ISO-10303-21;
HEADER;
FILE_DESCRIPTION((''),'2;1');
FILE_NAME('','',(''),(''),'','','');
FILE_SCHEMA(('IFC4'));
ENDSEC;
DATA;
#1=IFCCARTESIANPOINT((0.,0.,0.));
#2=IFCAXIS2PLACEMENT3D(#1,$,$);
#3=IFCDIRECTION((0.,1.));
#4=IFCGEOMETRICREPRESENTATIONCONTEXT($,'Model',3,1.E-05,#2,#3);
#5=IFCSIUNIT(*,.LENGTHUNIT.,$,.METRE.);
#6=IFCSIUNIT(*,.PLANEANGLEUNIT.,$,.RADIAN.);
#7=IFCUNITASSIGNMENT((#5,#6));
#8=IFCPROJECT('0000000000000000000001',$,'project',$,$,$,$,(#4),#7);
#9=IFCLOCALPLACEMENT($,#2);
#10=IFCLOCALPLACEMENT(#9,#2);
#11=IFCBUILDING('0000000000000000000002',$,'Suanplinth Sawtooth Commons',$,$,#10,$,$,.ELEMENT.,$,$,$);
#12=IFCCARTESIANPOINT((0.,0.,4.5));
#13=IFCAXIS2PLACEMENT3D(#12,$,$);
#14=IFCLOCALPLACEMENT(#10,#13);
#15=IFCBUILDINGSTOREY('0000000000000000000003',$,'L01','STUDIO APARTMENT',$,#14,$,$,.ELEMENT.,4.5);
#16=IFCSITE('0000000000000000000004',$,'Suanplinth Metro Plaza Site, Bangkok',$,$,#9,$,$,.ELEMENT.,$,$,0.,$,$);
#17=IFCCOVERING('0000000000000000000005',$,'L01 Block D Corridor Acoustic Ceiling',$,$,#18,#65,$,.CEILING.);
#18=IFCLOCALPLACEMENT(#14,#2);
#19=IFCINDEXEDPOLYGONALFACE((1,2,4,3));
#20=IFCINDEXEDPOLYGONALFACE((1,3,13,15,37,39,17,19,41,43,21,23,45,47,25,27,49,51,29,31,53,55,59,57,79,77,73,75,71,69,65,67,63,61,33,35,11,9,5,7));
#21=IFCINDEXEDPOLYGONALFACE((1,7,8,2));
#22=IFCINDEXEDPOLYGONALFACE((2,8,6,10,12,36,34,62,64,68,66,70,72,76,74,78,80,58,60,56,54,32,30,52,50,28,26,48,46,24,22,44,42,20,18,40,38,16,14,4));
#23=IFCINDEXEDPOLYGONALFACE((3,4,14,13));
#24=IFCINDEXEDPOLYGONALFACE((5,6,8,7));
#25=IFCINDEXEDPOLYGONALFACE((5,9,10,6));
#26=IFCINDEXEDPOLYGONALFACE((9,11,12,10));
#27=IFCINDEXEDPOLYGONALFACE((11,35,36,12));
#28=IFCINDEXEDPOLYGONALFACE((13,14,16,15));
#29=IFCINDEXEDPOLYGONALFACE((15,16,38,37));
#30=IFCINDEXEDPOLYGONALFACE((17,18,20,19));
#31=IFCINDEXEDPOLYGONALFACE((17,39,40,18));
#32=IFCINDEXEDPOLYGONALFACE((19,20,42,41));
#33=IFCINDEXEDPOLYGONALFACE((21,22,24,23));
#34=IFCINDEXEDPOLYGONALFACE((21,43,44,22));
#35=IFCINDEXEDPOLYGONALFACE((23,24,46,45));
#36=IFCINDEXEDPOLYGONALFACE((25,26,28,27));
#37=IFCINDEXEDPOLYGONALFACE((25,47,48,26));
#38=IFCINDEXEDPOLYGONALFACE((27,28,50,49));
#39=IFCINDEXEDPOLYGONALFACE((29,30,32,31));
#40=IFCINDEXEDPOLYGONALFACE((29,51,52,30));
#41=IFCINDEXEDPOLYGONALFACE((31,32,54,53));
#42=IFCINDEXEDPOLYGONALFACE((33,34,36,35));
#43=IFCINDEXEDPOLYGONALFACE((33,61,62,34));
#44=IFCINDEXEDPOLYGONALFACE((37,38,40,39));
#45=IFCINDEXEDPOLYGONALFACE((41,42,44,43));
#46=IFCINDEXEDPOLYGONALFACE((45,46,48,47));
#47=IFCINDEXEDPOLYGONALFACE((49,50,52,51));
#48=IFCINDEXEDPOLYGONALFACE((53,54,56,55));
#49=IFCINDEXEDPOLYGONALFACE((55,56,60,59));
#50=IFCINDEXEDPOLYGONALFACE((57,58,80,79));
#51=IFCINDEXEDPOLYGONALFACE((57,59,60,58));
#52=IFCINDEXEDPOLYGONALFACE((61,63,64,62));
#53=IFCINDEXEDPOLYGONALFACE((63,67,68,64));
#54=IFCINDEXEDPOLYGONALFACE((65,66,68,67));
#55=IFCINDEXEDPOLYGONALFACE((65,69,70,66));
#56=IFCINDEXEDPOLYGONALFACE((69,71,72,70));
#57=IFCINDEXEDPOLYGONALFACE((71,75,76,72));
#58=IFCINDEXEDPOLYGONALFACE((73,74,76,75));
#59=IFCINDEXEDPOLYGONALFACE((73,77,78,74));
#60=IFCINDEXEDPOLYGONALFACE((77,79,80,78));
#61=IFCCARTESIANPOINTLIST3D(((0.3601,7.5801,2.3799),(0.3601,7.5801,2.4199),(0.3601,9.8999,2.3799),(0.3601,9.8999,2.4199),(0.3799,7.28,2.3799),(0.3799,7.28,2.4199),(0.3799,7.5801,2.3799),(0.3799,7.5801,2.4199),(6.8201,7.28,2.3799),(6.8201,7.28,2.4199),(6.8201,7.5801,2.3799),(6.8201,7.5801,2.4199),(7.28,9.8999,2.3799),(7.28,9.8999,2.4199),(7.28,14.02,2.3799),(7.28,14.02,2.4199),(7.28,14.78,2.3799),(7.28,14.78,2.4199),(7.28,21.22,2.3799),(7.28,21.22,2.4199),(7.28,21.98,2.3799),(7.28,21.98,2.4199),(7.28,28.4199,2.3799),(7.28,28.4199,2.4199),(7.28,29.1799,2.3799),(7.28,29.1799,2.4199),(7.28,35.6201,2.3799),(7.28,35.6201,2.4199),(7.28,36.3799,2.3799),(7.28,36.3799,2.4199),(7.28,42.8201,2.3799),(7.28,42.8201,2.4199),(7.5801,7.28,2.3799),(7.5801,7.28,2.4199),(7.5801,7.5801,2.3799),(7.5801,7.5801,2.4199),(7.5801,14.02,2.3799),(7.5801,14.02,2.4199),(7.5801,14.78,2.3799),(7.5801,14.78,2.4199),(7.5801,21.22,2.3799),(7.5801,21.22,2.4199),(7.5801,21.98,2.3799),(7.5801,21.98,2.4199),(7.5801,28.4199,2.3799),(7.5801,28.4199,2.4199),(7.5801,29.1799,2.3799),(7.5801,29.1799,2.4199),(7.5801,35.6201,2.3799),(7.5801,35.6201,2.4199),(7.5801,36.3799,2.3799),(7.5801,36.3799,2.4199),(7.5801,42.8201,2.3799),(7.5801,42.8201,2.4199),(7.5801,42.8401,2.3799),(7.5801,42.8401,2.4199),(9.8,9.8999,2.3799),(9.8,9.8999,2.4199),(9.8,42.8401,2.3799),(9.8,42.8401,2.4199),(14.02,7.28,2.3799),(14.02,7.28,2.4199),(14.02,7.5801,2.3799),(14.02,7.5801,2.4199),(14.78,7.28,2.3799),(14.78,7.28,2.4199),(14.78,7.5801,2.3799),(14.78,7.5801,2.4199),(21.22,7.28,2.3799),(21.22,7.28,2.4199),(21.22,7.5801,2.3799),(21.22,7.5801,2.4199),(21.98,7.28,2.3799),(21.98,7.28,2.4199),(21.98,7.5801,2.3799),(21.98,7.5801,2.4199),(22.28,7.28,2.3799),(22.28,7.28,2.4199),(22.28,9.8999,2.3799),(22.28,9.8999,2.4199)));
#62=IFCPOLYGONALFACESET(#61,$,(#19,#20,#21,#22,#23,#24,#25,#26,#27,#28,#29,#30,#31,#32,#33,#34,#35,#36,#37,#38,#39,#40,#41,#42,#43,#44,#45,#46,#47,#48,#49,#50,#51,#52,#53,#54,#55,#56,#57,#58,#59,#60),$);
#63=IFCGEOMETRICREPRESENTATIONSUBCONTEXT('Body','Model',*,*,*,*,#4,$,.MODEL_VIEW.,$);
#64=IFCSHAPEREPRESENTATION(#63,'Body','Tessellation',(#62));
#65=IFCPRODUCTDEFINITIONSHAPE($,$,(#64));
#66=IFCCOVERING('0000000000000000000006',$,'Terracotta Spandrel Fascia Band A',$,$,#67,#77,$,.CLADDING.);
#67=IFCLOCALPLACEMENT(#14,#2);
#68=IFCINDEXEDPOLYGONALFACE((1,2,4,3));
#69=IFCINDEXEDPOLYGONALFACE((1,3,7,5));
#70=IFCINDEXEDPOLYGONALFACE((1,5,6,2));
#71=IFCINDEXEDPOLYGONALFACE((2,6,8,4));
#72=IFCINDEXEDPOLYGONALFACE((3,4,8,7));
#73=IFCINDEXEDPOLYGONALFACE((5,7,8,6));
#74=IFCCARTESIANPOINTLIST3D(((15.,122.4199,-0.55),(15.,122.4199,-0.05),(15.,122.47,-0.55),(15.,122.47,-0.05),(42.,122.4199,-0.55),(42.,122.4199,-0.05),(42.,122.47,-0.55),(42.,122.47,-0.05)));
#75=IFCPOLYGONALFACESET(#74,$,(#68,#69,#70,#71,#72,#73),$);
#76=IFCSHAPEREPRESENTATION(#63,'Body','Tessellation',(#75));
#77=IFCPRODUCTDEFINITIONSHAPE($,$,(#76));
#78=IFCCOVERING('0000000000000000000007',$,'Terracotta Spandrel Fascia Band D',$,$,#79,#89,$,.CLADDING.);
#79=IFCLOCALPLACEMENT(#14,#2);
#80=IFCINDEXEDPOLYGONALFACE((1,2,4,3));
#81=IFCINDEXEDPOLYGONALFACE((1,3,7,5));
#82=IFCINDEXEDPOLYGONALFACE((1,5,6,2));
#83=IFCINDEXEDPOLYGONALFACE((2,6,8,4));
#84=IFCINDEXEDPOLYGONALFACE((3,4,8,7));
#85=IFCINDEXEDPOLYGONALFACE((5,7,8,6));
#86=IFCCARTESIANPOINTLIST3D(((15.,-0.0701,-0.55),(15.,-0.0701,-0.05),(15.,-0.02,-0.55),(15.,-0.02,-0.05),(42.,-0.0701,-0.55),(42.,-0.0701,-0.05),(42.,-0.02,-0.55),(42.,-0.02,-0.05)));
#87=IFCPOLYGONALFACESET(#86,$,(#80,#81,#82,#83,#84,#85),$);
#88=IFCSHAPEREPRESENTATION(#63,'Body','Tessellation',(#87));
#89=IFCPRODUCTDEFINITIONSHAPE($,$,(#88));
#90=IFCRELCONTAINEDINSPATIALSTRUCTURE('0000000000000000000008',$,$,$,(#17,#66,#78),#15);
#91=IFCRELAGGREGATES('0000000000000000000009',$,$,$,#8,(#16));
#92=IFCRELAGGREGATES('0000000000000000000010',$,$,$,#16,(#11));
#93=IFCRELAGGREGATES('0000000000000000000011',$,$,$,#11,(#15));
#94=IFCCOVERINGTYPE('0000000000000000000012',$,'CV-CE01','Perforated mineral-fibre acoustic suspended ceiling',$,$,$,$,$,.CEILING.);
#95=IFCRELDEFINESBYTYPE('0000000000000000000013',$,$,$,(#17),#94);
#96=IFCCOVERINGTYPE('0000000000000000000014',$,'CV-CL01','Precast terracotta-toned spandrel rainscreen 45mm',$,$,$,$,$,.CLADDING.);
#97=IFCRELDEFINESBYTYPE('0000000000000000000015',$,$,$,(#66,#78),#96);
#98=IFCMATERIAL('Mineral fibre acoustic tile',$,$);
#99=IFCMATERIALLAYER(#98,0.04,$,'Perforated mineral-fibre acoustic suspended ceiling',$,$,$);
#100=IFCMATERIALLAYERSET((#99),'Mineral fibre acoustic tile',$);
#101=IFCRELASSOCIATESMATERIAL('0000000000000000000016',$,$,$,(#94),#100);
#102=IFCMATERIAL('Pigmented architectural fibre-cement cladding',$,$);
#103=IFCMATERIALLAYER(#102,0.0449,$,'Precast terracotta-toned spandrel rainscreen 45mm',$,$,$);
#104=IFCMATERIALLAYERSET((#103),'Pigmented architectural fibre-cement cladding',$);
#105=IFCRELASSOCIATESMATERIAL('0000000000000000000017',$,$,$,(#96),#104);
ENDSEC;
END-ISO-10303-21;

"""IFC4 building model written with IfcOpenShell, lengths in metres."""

from ifc_helpers import new_model, si_unit, direction, frame, origin, place, context, subcontext, project, spatial, polyline, outline, extrude, material, layer, layer_set, type_object, element, save


model = new_model("IFC4")

# Units and contexts
model_context = context("Model", 3, precision=1e-05, world=origin(), true_north=direction((0.0, 1.0)))
body_context = subcontext(model_context, "Body", "Model", "MODEL_VIEW")
ifc_project = project(units=[si_unit("LENGTHUNIT", "METRE"), si_unit("PLANEANGLEUNIT", "RADIAN")], contexts=[model_context])

# Site, building, storey
site_placement = place(None, origin())
site = spatial("IfcSite", under=ifc_project, at=site_placement, Name="Suanplinth Metro Plaza Site, Bangkok", CompositionType="ELEMENT", RefElevation=0.0)
building_placement = place(site_placement, origin())
building = spatial("IfcBuilding", under=site, at=building_placement, Name="Suanplinth Sawtooth Commons", CompositionType="ELEMENT")
storey_placement = place(building_placement, frame((0.0, 0.0, 4.5)))
storey = spatial("IfcBuildingStorey", under=building, at=storey_placement, Name="L01", Description="STUDIO APARTMENT", CompositionType="ELEMENT", Elevation=4.5)

# Coverings
ifc_material_1 = material(Name="Mineral fibre acoustic tile")
ifc_layer_1 = layer(ifc_material_1, 0.04, Name="Perforated mineral-fibre acoustic suspended ceiling")
ifc_layer_set_1 = layer_set([ifc_layer_1], Name="Mineral fibre acoustic tile")
covering_type_1 = type_object("IfcCoveringType", Name="CV-CE01", Description="Perforated mineral-fibre acoustic suspended ceiling", PredefinedType="CEILING", material=ifc_layer_set_1)
covering_1_placement = place(storey_placement, frame((0.0, 0.0, 2.3799)))
element("IfcCovering", 1, at=covering_1_placement, inside=storey, type_object=covering_type_1, Name="L01 Block D Corridor Acoustic Ceiling", PredefinedType="CEILING", context=body_context, shape_type="SweptSolid", body=[
    extrude(outline(polyline([(0.3601, 9.8999), (7.28, 9.8999), (7.28, 14.02), (7.5801, 14.02), (7.5801, 14.78), (7.28, 14.78), (7.28, 21.22), (7.5801, 21.22), (7.5801, 21.98), (7.28, 21.98), (7.28, 28.4199), (7.5801, 28.4199), (7.5801, 29.1799), (7.28, 29.1799), (7.28, 35.6201), (7.5801, 35.6201), (7.5801, 36.3799), (7.28, 36.3799), (7.28, 42.8201), (7.5801, 42.8201), (7.5801, 42.8401), (9.8, 42.8401), (9.8, 9.8999), (22.28, 9.8999), (22.28, 7.28), (21.98, 7.28), (21.98, 7.5801), (21.22, 7.5801), (21.22, 7.28), (14.78, 7.28), (14.78, 7.5801), (14.02, 7.5801), (14.02, 7.28), (7.5801, 7.28), (7.5801, 7.5801), (6.8201, 7.5801), (6.8201, 7.28), (0.3799, 7.28), (0.3799, 7.5801), (0.3601, 7.5801), (0.3601, 9.8999)])), origin(), (0.0, 0.0, 1.0), 0.04),
])
ifc_material_2 = material(Name="Pigmented architectural fibre-cement cladding")
ifc_layer_2 = layer(ifc_material_2, 0.0449, Name="Precast terracotta-toned spandrel rainscreen 45mm")
ifc_layer_set_2 = layer_set([ifc_layer_2], Name="Pigmented architectural fibre-cement cladding")
covering_type_2 = type_object("IfcCoveringType", Name="CV-CL01", Description="Precast terracotta-toned spandrel rainscreen 45mm", PredefinedType="CLADDING", material=ifc_layer_set_2)
covering_2_placement = place(storey_placement, frame((0.0, 0.0, -0.55)))
element("IfcCovering", 2, at=covering_2_placement, inside=storey, type_object=covering_type_2, Name="Terracotta Spandrel Fascia Band A", PredefinedType="CLADDING", context=body_context, shape_type="SweptSolid", body=[
    extrude(outline(polyline([(15.0, 122.4199), (42.0, 122.4199), (42.0, 122.47), (15.0, 122.47), (15.0, 122.4199)])), origin(), (0.0, 0.0, 1.0), 0.5),
])
covering_3_placement = place(storey_placement, frame((0.0, 0.0, -0.55)))
element("IfcCovering", 3, at=covering_3_placement, inside=storey, type_object=covering_type_2, Name="Terracotta Spandrel Fascia Band D", PredefinedType="CLADDING", context=body_context, shape_type="SweptSolid", body=[
    extrude(outline(polyline([(15.0, -0.0701), (42.0, -0.0701), (42.0, -0.02), (15.0, -0.02), (15.0, -0.0701)])), origin(), (0.0, 0.0, 1.0), 0.5),
])

save(model, "model.ifc")
